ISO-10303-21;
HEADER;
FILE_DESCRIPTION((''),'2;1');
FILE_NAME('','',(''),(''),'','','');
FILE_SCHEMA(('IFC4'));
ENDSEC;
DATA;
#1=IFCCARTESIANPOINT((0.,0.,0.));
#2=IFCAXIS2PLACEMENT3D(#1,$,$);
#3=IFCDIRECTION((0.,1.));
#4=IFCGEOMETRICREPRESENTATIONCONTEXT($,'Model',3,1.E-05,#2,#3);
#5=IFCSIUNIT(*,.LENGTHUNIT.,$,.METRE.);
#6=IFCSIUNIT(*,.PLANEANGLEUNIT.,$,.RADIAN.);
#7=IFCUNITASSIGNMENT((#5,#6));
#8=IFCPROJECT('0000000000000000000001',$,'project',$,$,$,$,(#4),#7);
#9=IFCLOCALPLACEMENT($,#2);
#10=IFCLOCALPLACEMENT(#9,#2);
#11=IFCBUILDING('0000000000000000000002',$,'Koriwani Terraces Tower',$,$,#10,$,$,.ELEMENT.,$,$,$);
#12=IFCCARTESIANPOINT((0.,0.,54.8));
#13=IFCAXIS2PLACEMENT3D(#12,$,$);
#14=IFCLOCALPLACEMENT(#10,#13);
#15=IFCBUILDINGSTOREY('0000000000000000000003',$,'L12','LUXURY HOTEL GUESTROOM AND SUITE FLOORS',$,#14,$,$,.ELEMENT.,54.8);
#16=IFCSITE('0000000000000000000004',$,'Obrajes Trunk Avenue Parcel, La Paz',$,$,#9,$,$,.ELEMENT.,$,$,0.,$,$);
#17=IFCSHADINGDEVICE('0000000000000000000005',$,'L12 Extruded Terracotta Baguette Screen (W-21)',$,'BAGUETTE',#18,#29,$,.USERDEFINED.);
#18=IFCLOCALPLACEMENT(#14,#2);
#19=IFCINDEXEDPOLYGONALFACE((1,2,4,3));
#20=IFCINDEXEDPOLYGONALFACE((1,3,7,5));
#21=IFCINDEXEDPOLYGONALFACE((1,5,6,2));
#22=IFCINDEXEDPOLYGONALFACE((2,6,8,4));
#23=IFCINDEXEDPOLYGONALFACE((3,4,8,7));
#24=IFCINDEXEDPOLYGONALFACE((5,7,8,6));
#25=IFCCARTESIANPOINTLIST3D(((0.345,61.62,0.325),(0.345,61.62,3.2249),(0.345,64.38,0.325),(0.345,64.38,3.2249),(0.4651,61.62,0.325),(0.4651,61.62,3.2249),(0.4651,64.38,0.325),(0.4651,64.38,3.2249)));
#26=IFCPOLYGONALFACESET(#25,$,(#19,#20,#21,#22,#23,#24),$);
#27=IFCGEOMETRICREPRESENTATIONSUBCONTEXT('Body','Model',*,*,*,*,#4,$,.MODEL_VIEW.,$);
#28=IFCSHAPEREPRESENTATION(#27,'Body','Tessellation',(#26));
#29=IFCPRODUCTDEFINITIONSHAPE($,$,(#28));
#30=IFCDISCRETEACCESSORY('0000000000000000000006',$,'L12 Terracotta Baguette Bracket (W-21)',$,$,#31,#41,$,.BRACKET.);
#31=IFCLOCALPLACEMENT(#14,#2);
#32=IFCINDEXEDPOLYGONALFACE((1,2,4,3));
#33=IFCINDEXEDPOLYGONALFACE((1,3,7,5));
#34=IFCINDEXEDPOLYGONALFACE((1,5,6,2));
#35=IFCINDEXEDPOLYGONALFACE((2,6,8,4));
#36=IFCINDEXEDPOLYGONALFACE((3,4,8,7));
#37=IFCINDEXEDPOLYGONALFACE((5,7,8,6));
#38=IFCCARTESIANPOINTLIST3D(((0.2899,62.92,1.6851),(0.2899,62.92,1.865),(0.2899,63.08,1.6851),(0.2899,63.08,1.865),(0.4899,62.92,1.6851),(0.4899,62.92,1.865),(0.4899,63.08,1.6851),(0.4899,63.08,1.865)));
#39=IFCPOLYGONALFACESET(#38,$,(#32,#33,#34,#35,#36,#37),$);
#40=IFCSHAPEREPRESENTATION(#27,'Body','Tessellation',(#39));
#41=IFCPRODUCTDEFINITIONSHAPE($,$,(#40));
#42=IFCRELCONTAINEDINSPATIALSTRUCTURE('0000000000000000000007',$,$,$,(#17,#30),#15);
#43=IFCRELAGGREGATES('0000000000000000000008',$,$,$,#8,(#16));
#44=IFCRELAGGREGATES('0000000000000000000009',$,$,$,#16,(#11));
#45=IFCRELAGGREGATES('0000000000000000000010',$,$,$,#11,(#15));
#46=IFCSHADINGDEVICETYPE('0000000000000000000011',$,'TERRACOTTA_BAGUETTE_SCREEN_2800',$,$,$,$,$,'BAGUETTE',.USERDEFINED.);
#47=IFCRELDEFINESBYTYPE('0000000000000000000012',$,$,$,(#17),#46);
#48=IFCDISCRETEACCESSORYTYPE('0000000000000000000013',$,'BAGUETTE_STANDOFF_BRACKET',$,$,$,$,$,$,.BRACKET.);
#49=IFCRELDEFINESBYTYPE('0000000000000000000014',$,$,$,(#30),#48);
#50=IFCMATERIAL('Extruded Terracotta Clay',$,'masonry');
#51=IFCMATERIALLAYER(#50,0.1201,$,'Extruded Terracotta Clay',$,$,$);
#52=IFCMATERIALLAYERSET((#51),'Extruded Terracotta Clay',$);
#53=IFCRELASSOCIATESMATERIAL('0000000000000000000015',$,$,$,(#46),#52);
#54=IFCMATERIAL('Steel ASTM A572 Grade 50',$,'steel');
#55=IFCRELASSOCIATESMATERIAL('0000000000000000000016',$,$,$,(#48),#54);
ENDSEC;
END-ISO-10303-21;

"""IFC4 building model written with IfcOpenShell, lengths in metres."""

from ifc_helpers import new_model, si_unit, direction, frame, origin, origin_2d, place, context, subcontext, project, spatial, rectangle, extrude, material, layer, layer_set, type_object, element, save


model = new_model("IFC4")

# Units and contexts
model_context = context("Model", 3, precision=1e-05, world=origin(), true_north=direction((0.0, 1.0)))
body_context = subcontext(model_context, "Body", "Model", "MODEL_VIEW")
ifc_project = project(units=[si_unit("LENGTHUNIT", "METRE"), si_unit("PLANEANGLEUNIT", "RADIAN")], contexts=[model_context])

# Site, building, storey
site_placement = place(None, origin())
site = spatial("IfcSite", under=ifc_project, at=site_placement, Name="Obrajes Trunk Avenue Parcel, La Paz", CompositionType="ELEMENT", RefElevation=0.0)
building_placement = place(site_placement, origin())
building = spatial("IfcBuilding", under=site, at=building_placement, Name="Koriwani Terraces Tower", CompositionType="ELEMENT")
storey_placement = place(building_placement, frame((0.0, 0.0, 54.8)))
storey = spatial("IfcBuildingStorey", under=building, at=storey_placement, Name="L12", Description="LUXURY HOTEL GUESTROOM AND SUITE FLOORS", CompositionType="ELEMENT", Elevation=54.8)

# Shared definitions
ifc_material_1 = material(Name="Steel ASTM A572 Grade 50", Category="steel")

# Shading device
ifc_material_2 = material(Name="Extruded Terracotta Clay", Category="masonry")
ifc_layer_1 = layer(ifc_material_2, 0.1201, Name="Extruded Terracotta Clay")
ifc_layer_set_1 = layer_set([ifc_layer_1], Name="Extruded Terracotta Clay")
shading_device_type = type_object("IfcShadingDeviceType", Name="TERRACOTTA_BAGUETTE_SCREEN_2800", ElementType="BAGUETTE", PredefinedType="USERDEFINED", material=ifc_layer_set_1)
shading_device_placement = place(storey_placement, frame((0.405, 63.0, 0.325), z_axis=(0.0, 0.0, 1.0), x_axis=(0.0, 1.0, 0.0)))
element("IfcShadingDevice", 1, at=shading_device_placement, inside=storey, type_object=shading_device_type, Name="L12 Extruded Terracotta Baguette Screen (W-21)", ObjectType="BAGUETTE", PredefinedType="USERDEFINED", context=body_context, shape_type="SweptSolid", body=[
    extrude(rectangle(XDim=2.76, YDim=0.1201, at=origin_2d()), origin(), (0.0, 0.0, 1.0), 2.8999),
])

# Discrete accessory
discrete_accessory_type = type_object("IfcDiscreteAccessoryType", Name="BAGUETTE_STANDOFF_BRACKET", PredefinedType="BRACKET", material=ifc_material_1)
discrete_accessory_placement = place(storey_placement, frame((0.3899, 63.0, 1.6851), z_axis=(0.0, 0.0, 1.0), x_axis=(0.0, 1.0, 0.0)))
element("IfcDiscreteAccessory", 2, at=discrete_accessory_placement, inside=storey, type_object=discrete_accessory_type, Name="L12 Terracotta Baguette Bracket (W-21)", PredefinedType="BRACKET", context=body_context, shape_type="SweptSolid", body=[
    extrude(rectangle(XDim=0.1599, YDim=0.2, at=origin_2d()), origin(), (0.0, 0.0, 1.0), 0.1799),
])

save(model, "model.ifc")
